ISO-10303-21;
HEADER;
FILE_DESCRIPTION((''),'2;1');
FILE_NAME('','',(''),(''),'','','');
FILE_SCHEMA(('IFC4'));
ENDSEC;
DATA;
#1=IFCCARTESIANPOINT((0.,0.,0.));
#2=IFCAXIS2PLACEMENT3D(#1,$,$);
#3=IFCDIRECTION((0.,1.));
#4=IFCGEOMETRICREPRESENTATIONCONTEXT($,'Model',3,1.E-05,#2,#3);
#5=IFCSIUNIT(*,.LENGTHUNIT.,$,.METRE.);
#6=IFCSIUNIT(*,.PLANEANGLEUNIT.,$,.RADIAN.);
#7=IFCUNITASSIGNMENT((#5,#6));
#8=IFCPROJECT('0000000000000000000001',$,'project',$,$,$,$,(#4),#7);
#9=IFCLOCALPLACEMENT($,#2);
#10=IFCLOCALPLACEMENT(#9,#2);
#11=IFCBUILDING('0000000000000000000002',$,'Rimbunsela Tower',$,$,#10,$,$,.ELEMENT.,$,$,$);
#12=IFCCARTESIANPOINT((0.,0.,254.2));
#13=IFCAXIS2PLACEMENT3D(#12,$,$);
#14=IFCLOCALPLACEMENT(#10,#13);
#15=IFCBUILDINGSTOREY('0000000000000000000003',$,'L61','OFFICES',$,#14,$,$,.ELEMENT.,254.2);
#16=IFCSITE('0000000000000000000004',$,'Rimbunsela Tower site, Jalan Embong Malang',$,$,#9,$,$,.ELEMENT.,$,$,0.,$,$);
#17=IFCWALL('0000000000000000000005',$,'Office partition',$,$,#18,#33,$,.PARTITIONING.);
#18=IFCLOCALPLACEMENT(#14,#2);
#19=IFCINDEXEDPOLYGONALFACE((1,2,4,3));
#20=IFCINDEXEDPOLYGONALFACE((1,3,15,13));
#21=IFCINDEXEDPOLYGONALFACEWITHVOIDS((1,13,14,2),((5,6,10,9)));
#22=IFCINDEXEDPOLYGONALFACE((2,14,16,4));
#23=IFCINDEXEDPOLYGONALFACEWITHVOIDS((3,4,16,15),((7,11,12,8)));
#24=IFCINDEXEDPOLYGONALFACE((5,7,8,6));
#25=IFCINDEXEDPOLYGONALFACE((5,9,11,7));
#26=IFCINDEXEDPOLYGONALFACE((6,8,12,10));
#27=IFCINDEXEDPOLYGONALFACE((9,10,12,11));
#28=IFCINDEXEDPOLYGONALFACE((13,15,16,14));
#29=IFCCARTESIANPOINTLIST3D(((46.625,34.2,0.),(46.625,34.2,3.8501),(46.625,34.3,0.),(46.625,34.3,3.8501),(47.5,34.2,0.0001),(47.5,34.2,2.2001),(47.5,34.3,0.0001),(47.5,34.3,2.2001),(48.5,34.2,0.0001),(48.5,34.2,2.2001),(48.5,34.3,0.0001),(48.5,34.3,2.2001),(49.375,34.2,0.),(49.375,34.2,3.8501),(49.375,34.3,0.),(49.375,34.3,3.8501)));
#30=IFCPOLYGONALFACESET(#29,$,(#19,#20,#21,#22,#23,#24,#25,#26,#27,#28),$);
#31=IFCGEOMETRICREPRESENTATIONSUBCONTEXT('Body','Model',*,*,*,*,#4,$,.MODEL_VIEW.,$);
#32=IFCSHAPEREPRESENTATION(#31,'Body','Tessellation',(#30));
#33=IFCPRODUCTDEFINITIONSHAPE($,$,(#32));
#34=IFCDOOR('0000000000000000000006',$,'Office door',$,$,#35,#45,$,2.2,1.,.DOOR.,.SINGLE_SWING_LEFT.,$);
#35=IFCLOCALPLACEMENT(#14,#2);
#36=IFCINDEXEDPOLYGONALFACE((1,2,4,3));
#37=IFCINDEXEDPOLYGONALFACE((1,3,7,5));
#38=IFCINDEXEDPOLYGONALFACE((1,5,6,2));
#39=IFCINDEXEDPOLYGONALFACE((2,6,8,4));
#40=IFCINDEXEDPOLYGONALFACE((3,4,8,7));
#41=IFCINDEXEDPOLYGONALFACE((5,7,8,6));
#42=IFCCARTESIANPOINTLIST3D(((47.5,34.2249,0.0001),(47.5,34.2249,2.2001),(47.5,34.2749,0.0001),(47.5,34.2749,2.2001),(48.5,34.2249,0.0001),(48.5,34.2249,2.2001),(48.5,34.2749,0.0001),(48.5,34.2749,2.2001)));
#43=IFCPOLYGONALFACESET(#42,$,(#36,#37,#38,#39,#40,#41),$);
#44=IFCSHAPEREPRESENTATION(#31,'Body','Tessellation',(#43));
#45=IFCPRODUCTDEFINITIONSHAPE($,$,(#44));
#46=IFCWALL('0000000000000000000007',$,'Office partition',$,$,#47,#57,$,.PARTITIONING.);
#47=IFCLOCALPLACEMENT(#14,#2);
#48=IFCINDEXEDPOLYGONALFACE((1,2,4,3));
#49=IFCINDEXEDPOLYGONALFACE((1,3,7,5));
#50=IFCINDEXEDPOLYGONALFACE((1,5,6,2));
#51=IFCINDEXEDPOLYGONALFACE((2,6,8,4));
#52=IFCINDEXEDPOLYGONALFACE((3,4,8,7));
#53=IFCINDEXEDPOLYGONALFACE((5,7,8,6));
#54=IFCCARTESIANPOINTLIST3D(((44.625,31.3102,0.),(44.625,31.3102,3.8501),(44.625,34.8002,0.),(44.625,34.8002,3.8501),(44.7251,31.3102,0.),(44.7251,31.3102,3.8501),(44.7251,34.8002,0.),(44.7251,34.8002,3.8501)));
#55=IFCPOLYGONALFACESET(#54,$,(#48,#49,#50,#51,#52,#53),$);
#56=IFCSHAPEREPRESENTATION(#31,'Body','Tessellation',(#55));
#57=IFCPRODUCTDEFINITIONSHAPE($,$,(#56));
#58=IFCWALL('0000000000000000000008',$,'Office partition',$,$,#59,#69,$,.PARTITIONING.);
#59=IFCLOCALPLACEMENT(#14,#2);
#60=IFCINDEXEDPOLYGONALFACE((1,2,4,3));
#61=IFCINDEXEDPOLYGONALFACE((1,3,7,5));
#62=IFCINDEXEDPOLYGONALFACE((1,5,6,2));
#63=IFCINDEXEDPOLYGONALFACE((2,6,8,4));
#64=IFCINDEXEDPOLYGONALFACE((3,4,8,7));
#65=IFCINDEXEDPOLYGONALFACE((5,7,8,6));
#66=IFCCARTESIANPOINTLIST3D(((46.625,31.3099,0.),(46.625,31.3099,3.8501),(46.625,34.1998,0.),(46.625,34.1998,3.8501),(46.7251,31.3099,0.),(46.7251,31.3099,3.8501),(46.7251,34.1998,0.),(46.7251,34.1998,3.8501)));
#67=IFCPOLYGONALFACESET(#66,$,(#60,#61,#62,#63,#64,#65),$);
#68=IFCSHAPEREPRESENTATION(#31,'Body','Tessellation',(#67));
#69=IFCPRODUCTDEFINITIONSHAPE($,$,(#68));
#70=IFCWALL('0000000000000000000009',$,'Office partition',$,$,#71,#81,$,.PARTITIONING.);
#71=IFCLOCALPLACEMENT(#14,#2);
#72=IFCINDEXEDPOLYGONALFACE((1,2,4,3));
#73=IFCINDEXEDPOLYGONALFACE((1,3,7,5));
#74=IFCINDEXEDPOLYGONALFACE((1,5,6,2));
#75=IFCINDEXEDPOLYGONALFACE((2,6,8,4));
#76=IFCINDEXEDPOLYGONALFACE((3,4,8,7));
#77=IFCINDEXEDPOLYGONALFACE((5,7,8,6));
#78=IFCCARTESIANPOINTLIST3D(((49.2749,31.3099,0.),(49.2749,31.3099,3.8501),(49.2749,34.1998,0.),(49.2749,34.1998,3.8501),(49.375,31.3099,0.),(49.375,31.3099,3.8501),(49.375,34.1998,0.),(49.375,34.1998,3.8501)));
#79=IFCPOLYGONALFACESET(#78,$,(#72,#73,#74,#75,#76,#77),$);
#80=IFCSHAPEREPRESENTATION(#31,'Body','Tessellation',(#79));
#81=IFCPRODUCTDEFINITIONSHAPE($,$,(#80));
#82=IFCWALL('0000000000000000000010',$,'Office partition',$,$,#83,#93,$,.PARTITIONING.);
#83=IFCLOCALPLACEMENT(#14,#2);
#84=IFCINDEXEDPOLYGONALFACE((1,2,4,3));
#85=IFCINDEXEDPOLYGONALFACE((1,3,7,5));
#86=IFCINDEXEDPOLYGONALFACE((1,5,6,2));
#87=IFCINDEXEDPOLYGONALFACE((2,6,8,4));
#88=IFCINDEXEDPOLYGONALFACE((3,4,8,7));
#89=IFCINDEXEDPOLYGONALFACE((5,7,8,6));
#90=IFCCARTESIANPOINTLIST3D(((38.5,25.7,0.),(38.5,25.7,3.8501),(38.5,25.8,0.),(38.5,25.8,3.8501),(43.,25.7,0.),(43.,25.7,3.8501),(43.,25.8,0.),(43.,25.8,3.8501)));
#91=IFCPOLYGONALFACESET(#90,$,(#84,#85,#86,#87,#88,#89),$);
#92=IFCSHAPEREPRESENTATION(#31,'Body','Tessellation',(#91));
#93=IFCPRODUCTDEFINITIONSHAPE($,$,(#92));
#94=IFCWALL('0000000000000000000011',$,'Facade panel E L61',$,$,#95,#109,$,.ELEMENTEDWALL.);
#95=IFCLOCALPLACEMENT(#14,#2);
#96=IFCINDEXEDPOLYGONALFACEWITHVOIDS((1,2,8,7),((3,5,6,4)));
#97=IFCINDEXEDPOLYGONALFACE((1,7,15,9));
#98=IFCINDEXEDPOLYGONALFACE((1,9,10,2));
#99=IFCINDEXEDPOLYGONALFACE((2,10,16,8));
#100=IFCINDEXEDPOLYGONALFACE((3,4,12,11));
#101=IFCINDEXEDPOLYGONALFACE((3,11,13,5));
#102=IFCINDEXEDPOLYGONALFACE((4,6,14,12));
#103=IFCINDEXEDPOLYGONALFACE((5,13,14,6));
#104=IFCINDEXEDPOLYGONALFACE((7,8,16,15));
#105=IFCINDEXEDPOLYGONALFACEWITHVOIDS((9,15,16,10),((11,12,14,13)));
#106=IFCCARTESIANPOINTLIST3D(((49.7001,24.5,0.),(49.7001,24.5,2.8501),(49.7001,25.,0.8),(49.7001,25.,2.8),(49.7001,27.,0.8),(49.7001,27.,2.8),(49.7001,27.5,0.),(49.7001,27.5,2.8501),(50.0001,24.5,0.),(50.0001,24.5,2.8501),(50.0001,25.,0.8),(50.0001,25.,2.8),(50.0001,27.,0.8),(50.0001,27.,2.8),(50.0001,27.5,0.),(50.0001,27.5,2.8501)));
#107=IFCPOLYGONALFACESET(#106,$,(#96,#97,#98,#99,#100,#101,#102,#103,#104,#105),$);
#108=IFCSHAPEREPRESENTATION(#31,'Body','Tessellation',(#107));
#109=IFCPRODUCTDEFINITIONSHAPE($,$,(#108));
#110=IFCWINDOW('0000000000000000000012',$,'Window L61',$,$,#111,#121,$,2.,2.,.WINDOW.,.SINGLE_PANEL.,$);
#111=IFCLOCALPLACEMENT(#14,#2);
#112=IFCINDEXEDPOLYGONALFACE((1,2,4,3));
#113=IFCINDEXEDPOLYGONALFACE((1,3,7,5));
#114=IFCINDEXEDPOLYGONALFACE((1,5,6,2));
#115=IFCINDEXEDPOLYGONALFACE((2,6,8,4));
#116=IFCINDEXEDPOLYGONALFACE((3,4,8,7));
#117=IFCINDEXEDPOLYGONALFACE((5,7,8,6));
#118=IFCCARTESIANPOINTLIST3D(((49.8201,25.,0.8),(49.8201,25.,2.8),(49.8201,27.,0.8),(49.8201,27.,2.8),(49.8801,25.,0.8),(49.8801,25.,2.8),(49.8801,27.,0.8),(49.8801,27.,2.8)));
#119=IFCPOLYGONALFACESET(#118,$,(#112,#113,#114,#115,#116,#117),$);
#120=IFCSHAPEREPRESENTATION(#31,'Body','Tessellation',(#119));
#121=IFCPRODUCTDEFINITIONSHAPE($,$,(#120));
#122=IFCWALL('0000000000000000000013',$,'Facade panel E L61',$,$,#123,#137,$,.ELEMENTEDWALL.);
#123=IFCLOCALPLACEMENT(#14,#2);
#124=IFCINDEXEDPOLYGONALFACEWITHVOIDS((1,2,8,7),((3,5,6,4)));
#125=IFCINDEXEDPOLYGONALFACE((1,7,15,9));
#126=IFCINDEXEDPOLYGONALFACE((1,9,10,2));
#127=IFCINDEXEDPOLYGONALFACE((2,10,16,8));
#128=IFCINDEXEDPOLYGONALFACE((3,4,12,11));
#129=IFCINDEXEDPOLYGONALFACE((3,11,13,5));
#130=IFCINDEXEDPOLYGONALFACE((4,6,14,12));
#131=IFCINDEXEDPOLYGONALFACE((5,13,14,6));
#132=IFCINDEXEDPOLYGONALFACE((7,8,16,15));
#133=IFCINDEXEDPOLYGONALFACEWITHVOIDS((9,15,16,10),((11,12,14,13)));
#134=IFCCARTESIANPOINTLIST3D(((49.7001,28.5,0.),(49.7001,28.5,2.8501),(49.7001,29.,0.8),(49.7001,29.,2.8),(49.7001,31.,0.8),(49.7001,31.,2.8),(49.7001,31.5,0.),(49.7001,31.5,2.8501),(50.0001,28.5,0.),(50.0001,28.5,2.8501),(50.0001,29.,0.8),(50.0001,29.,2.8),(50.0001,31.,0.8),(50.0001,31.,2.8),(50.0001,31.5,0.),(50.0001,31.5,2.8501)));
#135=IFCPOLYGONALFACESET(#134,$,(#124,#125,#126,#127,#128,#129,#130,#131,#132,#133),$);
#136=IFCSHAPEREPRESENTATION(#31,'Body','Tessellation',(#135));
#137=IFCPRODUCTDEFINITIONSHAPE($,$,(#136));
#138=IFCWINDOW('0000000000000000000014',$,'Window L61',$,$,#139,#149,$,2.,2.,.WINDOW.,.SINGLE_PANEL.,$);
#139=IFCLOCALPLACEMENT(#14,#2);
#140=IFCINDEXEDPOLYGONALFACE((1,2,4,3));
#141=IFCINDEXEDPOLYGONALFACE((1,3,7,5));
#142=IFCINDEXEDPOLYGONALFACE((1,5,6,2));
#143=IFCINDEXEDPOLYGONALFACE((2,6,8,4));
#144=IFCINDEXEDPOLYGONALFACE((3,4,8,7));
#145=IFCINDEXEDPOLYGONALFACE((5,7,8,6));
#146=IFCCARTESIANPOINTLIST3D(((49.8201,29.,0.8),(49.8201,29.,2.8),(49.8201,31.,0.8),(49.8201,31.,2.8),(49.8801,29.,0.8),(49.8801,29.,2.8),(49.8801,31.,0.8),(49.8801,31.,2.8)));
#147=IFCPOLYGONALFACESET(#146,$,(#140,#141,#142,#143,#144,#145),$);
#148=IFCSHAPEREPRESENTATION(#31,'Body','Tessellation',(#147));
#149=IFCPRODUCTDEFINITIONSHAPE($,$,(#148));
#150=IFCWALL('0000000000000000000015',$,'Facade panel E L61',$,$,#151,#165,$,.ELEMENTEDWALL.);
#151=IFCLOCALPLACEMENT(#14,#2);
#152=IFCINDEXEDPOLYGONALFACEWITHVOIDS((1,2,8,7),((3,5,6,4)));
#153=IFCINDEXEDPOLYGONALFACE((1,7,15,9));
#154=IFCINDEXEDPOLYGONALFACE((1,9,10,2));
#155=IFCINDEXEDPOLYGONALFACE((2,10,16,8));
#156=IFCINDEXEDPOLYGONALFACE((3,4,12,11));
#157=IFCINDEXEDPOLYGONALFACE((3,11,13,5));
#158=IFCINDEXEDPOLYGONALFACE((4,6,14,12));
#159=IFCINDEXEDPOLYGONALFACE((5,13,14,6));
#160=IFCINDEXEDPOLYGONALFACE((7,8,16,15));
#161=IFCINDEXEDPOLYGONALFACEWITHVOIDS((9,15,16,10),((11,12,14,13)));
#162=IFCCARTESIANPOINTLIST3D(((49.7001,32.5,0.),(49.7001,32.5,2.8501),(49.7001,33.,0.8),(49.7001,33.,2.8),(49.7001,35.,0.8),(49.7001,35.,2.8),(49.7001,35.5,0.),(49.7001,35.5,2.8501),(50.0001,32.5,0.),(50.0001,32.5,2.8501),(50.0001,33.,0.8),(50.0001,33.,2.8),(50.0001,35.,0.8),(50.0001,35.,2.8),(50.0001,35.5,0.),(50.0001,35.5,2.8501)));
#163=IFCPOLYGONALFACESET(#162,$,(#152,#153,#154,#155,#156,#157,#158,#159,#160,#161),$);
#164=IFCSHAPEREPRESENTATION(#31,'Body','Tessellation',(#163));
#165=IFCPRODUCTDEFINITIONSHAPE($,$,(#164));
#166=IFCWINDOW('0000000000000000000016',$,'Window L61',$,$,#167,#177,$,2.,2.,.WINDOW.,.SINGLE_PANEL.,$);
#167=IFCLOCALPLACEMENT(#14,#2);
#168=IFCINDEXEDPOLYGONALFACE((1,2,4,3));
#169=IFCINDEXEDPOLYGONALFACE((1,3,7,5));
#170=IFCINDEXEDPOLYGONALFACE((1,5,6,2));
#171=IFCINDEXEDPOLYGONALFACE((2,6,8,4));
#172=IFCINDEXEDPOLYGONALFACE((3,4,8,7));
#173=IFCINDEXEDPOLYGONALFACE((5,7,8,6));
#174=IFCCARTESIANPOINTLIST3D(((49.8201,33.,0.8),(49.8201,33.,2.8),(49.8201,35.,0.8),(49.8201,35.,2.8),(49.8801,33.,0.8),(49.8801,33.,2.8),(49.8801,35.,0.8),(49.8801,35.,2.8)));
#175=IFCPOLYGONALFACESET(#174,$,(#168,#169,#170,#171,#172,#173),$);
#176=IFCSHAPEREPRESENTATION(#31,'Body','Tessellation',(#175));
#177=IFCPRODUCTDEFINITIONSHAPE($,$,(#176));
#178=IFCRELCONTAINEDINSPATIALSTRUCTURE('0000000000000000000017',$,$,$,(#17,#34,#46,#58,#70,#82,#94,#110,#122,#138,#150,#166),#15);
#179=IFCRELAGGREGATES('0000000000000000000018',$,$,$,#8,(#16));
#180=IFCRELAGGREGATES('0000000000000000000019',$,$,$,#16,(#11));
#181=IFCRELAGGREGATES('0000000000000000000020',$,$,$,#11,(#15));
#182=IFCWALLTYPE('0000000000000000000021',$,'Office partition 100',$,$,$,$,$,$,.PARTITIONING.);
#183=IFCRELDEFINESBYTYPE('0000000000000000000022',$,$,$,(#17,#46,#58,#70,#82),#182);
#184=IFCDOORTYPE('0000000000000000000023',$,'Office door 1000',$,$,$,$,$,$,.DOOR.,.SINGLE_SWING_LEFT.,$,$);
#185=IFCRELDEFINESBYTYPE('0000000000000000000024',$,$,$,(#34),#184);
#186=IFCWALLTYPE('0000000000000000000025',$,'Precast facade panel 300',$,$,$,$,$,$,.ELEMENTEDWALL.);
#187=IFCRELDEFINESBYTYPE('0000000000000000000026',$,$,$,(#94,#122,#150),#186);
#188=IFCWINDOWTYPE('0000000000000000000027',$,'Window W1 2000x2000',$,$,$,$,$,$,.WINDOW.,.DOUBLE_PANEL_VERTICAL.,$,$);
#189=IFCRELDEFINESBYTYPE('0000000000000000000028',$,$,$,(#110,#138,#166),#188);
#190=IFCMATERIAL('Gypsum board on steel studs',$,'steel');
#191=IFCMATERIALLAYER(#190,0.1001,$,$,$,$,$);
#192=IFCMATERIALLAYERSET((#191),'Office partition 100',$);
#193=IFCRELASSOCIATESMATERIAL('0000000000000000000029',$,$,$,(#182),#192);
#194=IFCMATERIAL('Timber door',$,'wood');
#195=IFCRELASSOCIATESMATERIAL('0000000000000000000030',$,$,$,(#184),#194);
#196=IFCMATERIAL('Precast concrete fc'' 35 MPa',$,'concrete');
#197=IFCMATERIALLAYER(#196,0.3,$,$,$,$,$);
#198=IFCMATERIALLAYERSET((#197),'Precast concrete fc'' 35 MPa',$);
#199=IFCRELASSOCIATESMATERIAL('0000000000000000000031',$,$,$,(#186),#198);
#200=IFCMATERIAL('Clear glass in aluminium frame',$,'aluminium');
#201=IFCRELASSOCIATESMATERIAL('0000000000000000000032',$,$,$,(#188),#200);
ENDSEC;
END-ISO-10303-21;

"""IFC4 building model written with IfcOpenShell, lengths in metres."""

from ifc_helpers import new_model, si_unit, direction, frame, frame_2d, origin, place, context, subcontext, project, spatial, rectangle, extrude, material, layer, layer_set, type_object, element, fill, save


model = new_model("IFC4")

# Units and contexts
model_context = context("Model", 3, precision=1e-05, world=origin(), true_north=direction((0.0, 1.0)))
body_context = subcontext(model_context, "Body", "Model", "MODEL_VIEW")
ifc_project = project(units=[si_unit("LENGTHUNIT", "METRE"), si_unit("PLANEANGLEUNIT", "RADIAN")], contexts=[model_context])

# Site, building, storey
site_placement = place(None, origin())
site = spatial("IfcSite", under=ifc_project, at=site_placement, Name="Rimbunsela Tower site, Jalan Embong Malang", CompositionType="ELEMENT", RefElevation=0.0)
building_placement = place(site_placement, origin())
building = spatial("IfcBuilding", under=site, at=building_placement, Name="Rimbunsela Tower", CompositionType="ELEMENT")
storey_placement = place(building_placement, frame((0.0, 0.0, 254.2)))
storey = spatial("IfcBuildingStorey", under=building, at=storey_placement, Name="L61", Description="OFFICES", CompositionType="ELEMENT", Elevation=254.2)

# Wall, opening, door
ifc_material_1 = material(Name="Gypsum board on steel studs", Category="steel")
ifc_layer_1 = layer(ifc_material_1, 0.1001)
ifc_layer_set_1 = layer_set([ifc_layer_1], Name="Office partition 100")
wall_type_1 = type_object("IfcWallType", Name="Office partition 100", PredefinedType="PARTITIONING", material=ifc_layer_set_1)
wall_1_placement = place(storey_placement, frame((46.625, 34.25, 0.0), z_axis=(0.0, 0.0, 1.0), x_axis=(1.0, 0.0, 0.0)))
wall_1 = element("IfcWall", 1, at=wall_1_placement, inside=storey, type_object=wall_type_1, Name="Office partition", PredefinedType="PARTITIONING", context=body_context, shape_type="SweptSolid", body=[
    extrude(rectangle(XDim=2.75, YDim=0.1001, at=frame_2d((1.375, 0.0))), origin(), (0.0, 0.0, 1.0), 3.8501),
])
opening_1_placement = place(wall_1_placement, frame((0.875, 0.0, 0.0)))
opening_1 = element("IfcOpeningElement", 2, at=opening_1_placement, cuts=wall_1, PredefinedType="OPENING", context=body_context, shape_type="SweptSolid", body=[
    extrude(rectangle(XDim=1.0, YDim=2.2, at=frame_2d((0.5, 1.1001))), frame((0.0, 0.0601, 0.0), z_axis=(0.0, -1.0, 0.0), x_axis=(1.0, 0.0, 0.0)), (0.0, 0.0, 1.0), 0.1201),
])
ifc_material_2 = material(Name="Timber door", Category="wood")
door_type = type_object("IfcDoorType", Name="Office door 1000", OperationType="SINGLE_SWING_LEFT", PredefinedType="DOOR", material=ifc_material_2)
door_placement = place(opening_1_placement, origin())
door = element("IfcDoor", 3, at=door_placement, inside=storey, type_object=door_type, Name="Office door", OperationType="SINGLE_SWING_LEFT", OverallHeight=2.2, OverallWidth=1.0, PredefinedType="DOOR", context=body_context, shape_type="SweptSolid", body=[
    extrude(rectangle(XDim=1.0, YDim=2.2, at=frame_2d((0.5, 1.1001))), frame((0.0, 0.0249, 0.0), z_axis=(0.0, -1.0, 0.0), x_axis=(1.0, 0.0, 0.0)), (0.0, 0.0, 1.0), 0.05),
])
fill(opening_1, door)

# Walls
wall_2_placement = place(storey_placement, frame((44.675, 31.3101, 0.0), z_axis=(0.0, 0.0, 1.0), x_axis=(0.0, 1.0, 0.0)))
element("IfcWall", 4, at=wall_2_placement, inside=storey, type_object=wall_type_1, Name="Office partition", PredefinedType="PARTITIONING", context=body_context, shape_type="SweptSolid", body=[
    extrude(rectangle(XDim=3.49, YDim=0.1001, at=frame_2d((1.7451, 0.0))), origin(), (0.0, 0.0, 1.0), 3.8501),
])
for number, where, z_axis, x_axis, name in (
    (5, (46.675, 31.3101, 0.0), (0.0, 0.0, 1.0), (0.0, 1.0, 0.0), "Office partition"),
    (6, (49.325, 31.3101, 0.0), (0.0, 0.0, 1.0), (0.0, 1.0, 0.0), "Office partition"),
):
    element("IfcWall", number, at=place(storey_placement, frame(where, z_axis=z_axis, x_axis=x_axis)), inside=storey, type_object=wall_type_1, Name=name, PredefinedType="PARTITIONING", context=body_context, shape_type="SweptSolid", body=[
        extrude(rectangle(XDim=2.8899, YDim=0.1001, at=frame_2d((1.4448, 0.0))), origin(), (0.0, 0.0, 1.0), 3.8501),
    ])
wall_3_placement = place(storey_placement, frame((43.0, 25.75, 0.0), z_axis=(0.0, 0.0, 1.0), x_axis=(-1.0, 0.0, 0.0)))
element("IfcWall", 7, at=wall_3_placement, inside=storey, type_object=wall_type_1, Name="Office partition", PredefinedType="PARTITIONING", context=body_context, shape_type="SweptSolid", body=[
    extrude(rectangle(XDim=4.5, YDim=0.1001, at=frame_2d((2.25, 0.0))), origin(), (0.0, 0.0, 1.0), 3.8501),
])

# Walls, openings, windows
ifc_material_3 = material(Name="Precast concrete fc' 35 MPa", Category="concrete")
ifc_layer_2 = layer(ifc_material_3, 0.3)
ifc_layer_set_2 = layer_set([ifc_layer_2], Name="Precast concrete fc' 35 MPa")
wall_type_2 = type_object("IfcWallType", Name="Precast facade panel 300", PredefinedType="ELEMENTEDWALL", material=ifc_layer_set_2)
wall_4_placement = place(storey_placement, frame((49.8501, 24.5, 0.0), z_axis=(0.0, 0.0, 1.0), x_axis=(0.0, 1.0, 0.0)))
wall_4 = element("IfcWall", 8, at=wall_4_placement, inside=storey, type_object=wall_type_2, Name="Facade panel E L61", PredefinedType="ELEMENTEDWALL", context=body_context, shape_type="SweptSolid", body=[
    extrude(rectangle(XDim=3.0, YDim=0.3, at=frame_2d((1.5, 0.0))), origin(), (0.0, 0.0, 1.0), 2.8501),
])
opening_2_placement = place(wall_4_placement, frame((0.5, 0.0, 0.8)))
opening_2 = element("IfcOpeningElement", 9, at=opening_2_placement, cuts=wall_4, PredefinedType="OPENING", context=body_context, shape_type="SweptSolid", body=[
    extrude(rectangle(XDim=2.0, YDim=2.0, at=frame_2d((1.0, 1.0))), frame((0.0, 0.1599, 0.0), z_axis=(0.0, -1.0, 0.0), x_axis=(1.0, 0.0, 0.0)), (0.0, 0.0, 1.0), 0.3201),
])
ifc_material_4 = material(Name="Clear glass in aluminium frame", Category="aluminium")
window_type = type_object("IfcWindowType", Name="Window W1 2000x2000", PartitioningType="DOUBLE_PANEL_VERTICAL", PredefinedType="WINDOW", material=ifc_material_4)
window_1_placement = place(opening_2_placement, origin())
window_1 = element("IfcWindow", 10, at=window_1_placement, inside=storey, type_object=window_type, Name="Window L61", OverallHeight=2.0, OverallWidth=2.0, PartitioningType="SINGLE_PANEL", PredefinedType="WINDOW", context=body_context, shape_type="SweptSolid", body=[
    extrude(rectangle(XDim=2.0, YDim=2.0, at=frame_2d((1.0, 1.0))), frame((0.0, 0.03, 0.0), z_axis=(0.0, -1.0, 0.0), x_axis=(1.0, 0.0, 0.0)), (0.0, 0.0, 1.0), 0.0601),
])
fill(opening_2, window_1)
wall_5_placement = place(storey_placement, frame((49.8501, 28.5, 0.0), z_axis=(0.0, 0.0, 1.0), x_axis=(0.0, 1.0, 0.0)))
wall_5 = element("IfcWall", 11, at=wall_5_placement, inside=storey, type_object=wall_type_2, Name="Facade panel E L61", PredefinedType="ELEMENTEDWALL", context=body_context, shape_type="SweptSolid", body=[
    extrude(rectangle(XDim=3.0, YDim=0.3, at=frame_2d((1.5, 0.0))), origin(), (0.0, 0.0, 1.0), 2.8501),
])
opening_3_placement = place(wall_5_placement, frame((0.5, 0.0, 0.8)))
opening_3 = element("IfcOpeningElement", 12, at=opening_3_placement, cuts=wall_5, PredefinedType="OPENING", context=body_context, shape_type="SweptSolid", body=[
    extrude(rectangle(XDim=2.0, YDim=2.0, at=frame_2d((1.0, 1.0))), frame((0.0, 0.1599, 0.0), z_axis=(0.0, -1.0, 0.0), x_axis=(1.0, 0.0, 0.0)), (0.0, 0.0, 1.0), 0.3201),
])
window_2_placement = place(opening_3_placement, origin())
window_2 = element("IfcWindow", 13, at=window_2_placement, inside=storey, type_object=window_type, Name="Window L61", OverallHeight=2.0, OverallWidth=2.0, PartitioningType="SINGLE_PANEL", PredefinedType="WINDOW", context=body_context, shape_type="SweptSolid", body=[
    extrude(rectangle(XDim=2.0, YDim=2.0, at=frame_2d((1.0, 1.0))), frame((0.0, 0.03, 0.0), z_axis=(0.0, -1.0, 0.0), x_axis=(1.0, 0.0, 0.0)), (0.0, 0.0, 1.0), 0.0601),
])
fill(opening_3, window_2)
wall_6_placement = place(storey_placement, frame((49.8501, 32.5, 0.0), z_axis=(0.0, 0.0, 1.0), x_axis=(0.0, 1.0, 0.0)))
wall_6 = element("IfcWall", 14, at=wall_6_placement, inside=storey, type_object=wall_type_2, Name="Facade panel E L61", PredefinedType="ELEMENTEDWALL", context=body_context, shape_type="SweptSolid", body=[
    extrude(rectangle(XDim=3.0, YDim=0.3, at=frame_2d((1.5, 0.0))), origin(), (0.0, 0.0, 1.0), 2.8501),
])
opening_4_placement = place(wall_6_placement, frame((0.5, 0.0, 0.8)))
opening_4 = element("IfcOpeningElement", 15, at=opening_4_placement, cuts=wall_6, PredefinedType="OPENING", context=body_context, shape_type="SweptSolid", body=[
    extrude(rectangle(XDim=2.0, YDim=2.0, at=frame_2d((1.0, 1.0))), frame((0.0, 0.1599, 0.0), z_axis=(0.0, -1.0, 0.0), x_axis=(1.0, 0.0, 0.0)), (0.0, 0.0, 1.0), 0.3201),
])
window_3_placement = place(opening_4_placement, origin())
window_3 = element("IfcWindow", 16, at=window_3_placement, inside=storey, type_object=window_type, Name="Window L61", OverallHeight=2.0, OverallWidth=2.0, PartitioningType="SINGLE_PANEL", PredefinedType="WINDOW", context=body_context, shape_type="SweptSolid", body=[
    extrude(rectangle(XDim=2.0, YDim=2.0, at=frame_2d((1.0, 1.0))), frame((0.0, 0.03, 0.0), z_axis=(0.0, -1.0, 0.0), x_axis=(1.0, 0.0, 0.0)), (0.0, 0.0, 1.0), 0.0601),
])
fill(opening_4, window_3)

save(model, "model.ifc")
